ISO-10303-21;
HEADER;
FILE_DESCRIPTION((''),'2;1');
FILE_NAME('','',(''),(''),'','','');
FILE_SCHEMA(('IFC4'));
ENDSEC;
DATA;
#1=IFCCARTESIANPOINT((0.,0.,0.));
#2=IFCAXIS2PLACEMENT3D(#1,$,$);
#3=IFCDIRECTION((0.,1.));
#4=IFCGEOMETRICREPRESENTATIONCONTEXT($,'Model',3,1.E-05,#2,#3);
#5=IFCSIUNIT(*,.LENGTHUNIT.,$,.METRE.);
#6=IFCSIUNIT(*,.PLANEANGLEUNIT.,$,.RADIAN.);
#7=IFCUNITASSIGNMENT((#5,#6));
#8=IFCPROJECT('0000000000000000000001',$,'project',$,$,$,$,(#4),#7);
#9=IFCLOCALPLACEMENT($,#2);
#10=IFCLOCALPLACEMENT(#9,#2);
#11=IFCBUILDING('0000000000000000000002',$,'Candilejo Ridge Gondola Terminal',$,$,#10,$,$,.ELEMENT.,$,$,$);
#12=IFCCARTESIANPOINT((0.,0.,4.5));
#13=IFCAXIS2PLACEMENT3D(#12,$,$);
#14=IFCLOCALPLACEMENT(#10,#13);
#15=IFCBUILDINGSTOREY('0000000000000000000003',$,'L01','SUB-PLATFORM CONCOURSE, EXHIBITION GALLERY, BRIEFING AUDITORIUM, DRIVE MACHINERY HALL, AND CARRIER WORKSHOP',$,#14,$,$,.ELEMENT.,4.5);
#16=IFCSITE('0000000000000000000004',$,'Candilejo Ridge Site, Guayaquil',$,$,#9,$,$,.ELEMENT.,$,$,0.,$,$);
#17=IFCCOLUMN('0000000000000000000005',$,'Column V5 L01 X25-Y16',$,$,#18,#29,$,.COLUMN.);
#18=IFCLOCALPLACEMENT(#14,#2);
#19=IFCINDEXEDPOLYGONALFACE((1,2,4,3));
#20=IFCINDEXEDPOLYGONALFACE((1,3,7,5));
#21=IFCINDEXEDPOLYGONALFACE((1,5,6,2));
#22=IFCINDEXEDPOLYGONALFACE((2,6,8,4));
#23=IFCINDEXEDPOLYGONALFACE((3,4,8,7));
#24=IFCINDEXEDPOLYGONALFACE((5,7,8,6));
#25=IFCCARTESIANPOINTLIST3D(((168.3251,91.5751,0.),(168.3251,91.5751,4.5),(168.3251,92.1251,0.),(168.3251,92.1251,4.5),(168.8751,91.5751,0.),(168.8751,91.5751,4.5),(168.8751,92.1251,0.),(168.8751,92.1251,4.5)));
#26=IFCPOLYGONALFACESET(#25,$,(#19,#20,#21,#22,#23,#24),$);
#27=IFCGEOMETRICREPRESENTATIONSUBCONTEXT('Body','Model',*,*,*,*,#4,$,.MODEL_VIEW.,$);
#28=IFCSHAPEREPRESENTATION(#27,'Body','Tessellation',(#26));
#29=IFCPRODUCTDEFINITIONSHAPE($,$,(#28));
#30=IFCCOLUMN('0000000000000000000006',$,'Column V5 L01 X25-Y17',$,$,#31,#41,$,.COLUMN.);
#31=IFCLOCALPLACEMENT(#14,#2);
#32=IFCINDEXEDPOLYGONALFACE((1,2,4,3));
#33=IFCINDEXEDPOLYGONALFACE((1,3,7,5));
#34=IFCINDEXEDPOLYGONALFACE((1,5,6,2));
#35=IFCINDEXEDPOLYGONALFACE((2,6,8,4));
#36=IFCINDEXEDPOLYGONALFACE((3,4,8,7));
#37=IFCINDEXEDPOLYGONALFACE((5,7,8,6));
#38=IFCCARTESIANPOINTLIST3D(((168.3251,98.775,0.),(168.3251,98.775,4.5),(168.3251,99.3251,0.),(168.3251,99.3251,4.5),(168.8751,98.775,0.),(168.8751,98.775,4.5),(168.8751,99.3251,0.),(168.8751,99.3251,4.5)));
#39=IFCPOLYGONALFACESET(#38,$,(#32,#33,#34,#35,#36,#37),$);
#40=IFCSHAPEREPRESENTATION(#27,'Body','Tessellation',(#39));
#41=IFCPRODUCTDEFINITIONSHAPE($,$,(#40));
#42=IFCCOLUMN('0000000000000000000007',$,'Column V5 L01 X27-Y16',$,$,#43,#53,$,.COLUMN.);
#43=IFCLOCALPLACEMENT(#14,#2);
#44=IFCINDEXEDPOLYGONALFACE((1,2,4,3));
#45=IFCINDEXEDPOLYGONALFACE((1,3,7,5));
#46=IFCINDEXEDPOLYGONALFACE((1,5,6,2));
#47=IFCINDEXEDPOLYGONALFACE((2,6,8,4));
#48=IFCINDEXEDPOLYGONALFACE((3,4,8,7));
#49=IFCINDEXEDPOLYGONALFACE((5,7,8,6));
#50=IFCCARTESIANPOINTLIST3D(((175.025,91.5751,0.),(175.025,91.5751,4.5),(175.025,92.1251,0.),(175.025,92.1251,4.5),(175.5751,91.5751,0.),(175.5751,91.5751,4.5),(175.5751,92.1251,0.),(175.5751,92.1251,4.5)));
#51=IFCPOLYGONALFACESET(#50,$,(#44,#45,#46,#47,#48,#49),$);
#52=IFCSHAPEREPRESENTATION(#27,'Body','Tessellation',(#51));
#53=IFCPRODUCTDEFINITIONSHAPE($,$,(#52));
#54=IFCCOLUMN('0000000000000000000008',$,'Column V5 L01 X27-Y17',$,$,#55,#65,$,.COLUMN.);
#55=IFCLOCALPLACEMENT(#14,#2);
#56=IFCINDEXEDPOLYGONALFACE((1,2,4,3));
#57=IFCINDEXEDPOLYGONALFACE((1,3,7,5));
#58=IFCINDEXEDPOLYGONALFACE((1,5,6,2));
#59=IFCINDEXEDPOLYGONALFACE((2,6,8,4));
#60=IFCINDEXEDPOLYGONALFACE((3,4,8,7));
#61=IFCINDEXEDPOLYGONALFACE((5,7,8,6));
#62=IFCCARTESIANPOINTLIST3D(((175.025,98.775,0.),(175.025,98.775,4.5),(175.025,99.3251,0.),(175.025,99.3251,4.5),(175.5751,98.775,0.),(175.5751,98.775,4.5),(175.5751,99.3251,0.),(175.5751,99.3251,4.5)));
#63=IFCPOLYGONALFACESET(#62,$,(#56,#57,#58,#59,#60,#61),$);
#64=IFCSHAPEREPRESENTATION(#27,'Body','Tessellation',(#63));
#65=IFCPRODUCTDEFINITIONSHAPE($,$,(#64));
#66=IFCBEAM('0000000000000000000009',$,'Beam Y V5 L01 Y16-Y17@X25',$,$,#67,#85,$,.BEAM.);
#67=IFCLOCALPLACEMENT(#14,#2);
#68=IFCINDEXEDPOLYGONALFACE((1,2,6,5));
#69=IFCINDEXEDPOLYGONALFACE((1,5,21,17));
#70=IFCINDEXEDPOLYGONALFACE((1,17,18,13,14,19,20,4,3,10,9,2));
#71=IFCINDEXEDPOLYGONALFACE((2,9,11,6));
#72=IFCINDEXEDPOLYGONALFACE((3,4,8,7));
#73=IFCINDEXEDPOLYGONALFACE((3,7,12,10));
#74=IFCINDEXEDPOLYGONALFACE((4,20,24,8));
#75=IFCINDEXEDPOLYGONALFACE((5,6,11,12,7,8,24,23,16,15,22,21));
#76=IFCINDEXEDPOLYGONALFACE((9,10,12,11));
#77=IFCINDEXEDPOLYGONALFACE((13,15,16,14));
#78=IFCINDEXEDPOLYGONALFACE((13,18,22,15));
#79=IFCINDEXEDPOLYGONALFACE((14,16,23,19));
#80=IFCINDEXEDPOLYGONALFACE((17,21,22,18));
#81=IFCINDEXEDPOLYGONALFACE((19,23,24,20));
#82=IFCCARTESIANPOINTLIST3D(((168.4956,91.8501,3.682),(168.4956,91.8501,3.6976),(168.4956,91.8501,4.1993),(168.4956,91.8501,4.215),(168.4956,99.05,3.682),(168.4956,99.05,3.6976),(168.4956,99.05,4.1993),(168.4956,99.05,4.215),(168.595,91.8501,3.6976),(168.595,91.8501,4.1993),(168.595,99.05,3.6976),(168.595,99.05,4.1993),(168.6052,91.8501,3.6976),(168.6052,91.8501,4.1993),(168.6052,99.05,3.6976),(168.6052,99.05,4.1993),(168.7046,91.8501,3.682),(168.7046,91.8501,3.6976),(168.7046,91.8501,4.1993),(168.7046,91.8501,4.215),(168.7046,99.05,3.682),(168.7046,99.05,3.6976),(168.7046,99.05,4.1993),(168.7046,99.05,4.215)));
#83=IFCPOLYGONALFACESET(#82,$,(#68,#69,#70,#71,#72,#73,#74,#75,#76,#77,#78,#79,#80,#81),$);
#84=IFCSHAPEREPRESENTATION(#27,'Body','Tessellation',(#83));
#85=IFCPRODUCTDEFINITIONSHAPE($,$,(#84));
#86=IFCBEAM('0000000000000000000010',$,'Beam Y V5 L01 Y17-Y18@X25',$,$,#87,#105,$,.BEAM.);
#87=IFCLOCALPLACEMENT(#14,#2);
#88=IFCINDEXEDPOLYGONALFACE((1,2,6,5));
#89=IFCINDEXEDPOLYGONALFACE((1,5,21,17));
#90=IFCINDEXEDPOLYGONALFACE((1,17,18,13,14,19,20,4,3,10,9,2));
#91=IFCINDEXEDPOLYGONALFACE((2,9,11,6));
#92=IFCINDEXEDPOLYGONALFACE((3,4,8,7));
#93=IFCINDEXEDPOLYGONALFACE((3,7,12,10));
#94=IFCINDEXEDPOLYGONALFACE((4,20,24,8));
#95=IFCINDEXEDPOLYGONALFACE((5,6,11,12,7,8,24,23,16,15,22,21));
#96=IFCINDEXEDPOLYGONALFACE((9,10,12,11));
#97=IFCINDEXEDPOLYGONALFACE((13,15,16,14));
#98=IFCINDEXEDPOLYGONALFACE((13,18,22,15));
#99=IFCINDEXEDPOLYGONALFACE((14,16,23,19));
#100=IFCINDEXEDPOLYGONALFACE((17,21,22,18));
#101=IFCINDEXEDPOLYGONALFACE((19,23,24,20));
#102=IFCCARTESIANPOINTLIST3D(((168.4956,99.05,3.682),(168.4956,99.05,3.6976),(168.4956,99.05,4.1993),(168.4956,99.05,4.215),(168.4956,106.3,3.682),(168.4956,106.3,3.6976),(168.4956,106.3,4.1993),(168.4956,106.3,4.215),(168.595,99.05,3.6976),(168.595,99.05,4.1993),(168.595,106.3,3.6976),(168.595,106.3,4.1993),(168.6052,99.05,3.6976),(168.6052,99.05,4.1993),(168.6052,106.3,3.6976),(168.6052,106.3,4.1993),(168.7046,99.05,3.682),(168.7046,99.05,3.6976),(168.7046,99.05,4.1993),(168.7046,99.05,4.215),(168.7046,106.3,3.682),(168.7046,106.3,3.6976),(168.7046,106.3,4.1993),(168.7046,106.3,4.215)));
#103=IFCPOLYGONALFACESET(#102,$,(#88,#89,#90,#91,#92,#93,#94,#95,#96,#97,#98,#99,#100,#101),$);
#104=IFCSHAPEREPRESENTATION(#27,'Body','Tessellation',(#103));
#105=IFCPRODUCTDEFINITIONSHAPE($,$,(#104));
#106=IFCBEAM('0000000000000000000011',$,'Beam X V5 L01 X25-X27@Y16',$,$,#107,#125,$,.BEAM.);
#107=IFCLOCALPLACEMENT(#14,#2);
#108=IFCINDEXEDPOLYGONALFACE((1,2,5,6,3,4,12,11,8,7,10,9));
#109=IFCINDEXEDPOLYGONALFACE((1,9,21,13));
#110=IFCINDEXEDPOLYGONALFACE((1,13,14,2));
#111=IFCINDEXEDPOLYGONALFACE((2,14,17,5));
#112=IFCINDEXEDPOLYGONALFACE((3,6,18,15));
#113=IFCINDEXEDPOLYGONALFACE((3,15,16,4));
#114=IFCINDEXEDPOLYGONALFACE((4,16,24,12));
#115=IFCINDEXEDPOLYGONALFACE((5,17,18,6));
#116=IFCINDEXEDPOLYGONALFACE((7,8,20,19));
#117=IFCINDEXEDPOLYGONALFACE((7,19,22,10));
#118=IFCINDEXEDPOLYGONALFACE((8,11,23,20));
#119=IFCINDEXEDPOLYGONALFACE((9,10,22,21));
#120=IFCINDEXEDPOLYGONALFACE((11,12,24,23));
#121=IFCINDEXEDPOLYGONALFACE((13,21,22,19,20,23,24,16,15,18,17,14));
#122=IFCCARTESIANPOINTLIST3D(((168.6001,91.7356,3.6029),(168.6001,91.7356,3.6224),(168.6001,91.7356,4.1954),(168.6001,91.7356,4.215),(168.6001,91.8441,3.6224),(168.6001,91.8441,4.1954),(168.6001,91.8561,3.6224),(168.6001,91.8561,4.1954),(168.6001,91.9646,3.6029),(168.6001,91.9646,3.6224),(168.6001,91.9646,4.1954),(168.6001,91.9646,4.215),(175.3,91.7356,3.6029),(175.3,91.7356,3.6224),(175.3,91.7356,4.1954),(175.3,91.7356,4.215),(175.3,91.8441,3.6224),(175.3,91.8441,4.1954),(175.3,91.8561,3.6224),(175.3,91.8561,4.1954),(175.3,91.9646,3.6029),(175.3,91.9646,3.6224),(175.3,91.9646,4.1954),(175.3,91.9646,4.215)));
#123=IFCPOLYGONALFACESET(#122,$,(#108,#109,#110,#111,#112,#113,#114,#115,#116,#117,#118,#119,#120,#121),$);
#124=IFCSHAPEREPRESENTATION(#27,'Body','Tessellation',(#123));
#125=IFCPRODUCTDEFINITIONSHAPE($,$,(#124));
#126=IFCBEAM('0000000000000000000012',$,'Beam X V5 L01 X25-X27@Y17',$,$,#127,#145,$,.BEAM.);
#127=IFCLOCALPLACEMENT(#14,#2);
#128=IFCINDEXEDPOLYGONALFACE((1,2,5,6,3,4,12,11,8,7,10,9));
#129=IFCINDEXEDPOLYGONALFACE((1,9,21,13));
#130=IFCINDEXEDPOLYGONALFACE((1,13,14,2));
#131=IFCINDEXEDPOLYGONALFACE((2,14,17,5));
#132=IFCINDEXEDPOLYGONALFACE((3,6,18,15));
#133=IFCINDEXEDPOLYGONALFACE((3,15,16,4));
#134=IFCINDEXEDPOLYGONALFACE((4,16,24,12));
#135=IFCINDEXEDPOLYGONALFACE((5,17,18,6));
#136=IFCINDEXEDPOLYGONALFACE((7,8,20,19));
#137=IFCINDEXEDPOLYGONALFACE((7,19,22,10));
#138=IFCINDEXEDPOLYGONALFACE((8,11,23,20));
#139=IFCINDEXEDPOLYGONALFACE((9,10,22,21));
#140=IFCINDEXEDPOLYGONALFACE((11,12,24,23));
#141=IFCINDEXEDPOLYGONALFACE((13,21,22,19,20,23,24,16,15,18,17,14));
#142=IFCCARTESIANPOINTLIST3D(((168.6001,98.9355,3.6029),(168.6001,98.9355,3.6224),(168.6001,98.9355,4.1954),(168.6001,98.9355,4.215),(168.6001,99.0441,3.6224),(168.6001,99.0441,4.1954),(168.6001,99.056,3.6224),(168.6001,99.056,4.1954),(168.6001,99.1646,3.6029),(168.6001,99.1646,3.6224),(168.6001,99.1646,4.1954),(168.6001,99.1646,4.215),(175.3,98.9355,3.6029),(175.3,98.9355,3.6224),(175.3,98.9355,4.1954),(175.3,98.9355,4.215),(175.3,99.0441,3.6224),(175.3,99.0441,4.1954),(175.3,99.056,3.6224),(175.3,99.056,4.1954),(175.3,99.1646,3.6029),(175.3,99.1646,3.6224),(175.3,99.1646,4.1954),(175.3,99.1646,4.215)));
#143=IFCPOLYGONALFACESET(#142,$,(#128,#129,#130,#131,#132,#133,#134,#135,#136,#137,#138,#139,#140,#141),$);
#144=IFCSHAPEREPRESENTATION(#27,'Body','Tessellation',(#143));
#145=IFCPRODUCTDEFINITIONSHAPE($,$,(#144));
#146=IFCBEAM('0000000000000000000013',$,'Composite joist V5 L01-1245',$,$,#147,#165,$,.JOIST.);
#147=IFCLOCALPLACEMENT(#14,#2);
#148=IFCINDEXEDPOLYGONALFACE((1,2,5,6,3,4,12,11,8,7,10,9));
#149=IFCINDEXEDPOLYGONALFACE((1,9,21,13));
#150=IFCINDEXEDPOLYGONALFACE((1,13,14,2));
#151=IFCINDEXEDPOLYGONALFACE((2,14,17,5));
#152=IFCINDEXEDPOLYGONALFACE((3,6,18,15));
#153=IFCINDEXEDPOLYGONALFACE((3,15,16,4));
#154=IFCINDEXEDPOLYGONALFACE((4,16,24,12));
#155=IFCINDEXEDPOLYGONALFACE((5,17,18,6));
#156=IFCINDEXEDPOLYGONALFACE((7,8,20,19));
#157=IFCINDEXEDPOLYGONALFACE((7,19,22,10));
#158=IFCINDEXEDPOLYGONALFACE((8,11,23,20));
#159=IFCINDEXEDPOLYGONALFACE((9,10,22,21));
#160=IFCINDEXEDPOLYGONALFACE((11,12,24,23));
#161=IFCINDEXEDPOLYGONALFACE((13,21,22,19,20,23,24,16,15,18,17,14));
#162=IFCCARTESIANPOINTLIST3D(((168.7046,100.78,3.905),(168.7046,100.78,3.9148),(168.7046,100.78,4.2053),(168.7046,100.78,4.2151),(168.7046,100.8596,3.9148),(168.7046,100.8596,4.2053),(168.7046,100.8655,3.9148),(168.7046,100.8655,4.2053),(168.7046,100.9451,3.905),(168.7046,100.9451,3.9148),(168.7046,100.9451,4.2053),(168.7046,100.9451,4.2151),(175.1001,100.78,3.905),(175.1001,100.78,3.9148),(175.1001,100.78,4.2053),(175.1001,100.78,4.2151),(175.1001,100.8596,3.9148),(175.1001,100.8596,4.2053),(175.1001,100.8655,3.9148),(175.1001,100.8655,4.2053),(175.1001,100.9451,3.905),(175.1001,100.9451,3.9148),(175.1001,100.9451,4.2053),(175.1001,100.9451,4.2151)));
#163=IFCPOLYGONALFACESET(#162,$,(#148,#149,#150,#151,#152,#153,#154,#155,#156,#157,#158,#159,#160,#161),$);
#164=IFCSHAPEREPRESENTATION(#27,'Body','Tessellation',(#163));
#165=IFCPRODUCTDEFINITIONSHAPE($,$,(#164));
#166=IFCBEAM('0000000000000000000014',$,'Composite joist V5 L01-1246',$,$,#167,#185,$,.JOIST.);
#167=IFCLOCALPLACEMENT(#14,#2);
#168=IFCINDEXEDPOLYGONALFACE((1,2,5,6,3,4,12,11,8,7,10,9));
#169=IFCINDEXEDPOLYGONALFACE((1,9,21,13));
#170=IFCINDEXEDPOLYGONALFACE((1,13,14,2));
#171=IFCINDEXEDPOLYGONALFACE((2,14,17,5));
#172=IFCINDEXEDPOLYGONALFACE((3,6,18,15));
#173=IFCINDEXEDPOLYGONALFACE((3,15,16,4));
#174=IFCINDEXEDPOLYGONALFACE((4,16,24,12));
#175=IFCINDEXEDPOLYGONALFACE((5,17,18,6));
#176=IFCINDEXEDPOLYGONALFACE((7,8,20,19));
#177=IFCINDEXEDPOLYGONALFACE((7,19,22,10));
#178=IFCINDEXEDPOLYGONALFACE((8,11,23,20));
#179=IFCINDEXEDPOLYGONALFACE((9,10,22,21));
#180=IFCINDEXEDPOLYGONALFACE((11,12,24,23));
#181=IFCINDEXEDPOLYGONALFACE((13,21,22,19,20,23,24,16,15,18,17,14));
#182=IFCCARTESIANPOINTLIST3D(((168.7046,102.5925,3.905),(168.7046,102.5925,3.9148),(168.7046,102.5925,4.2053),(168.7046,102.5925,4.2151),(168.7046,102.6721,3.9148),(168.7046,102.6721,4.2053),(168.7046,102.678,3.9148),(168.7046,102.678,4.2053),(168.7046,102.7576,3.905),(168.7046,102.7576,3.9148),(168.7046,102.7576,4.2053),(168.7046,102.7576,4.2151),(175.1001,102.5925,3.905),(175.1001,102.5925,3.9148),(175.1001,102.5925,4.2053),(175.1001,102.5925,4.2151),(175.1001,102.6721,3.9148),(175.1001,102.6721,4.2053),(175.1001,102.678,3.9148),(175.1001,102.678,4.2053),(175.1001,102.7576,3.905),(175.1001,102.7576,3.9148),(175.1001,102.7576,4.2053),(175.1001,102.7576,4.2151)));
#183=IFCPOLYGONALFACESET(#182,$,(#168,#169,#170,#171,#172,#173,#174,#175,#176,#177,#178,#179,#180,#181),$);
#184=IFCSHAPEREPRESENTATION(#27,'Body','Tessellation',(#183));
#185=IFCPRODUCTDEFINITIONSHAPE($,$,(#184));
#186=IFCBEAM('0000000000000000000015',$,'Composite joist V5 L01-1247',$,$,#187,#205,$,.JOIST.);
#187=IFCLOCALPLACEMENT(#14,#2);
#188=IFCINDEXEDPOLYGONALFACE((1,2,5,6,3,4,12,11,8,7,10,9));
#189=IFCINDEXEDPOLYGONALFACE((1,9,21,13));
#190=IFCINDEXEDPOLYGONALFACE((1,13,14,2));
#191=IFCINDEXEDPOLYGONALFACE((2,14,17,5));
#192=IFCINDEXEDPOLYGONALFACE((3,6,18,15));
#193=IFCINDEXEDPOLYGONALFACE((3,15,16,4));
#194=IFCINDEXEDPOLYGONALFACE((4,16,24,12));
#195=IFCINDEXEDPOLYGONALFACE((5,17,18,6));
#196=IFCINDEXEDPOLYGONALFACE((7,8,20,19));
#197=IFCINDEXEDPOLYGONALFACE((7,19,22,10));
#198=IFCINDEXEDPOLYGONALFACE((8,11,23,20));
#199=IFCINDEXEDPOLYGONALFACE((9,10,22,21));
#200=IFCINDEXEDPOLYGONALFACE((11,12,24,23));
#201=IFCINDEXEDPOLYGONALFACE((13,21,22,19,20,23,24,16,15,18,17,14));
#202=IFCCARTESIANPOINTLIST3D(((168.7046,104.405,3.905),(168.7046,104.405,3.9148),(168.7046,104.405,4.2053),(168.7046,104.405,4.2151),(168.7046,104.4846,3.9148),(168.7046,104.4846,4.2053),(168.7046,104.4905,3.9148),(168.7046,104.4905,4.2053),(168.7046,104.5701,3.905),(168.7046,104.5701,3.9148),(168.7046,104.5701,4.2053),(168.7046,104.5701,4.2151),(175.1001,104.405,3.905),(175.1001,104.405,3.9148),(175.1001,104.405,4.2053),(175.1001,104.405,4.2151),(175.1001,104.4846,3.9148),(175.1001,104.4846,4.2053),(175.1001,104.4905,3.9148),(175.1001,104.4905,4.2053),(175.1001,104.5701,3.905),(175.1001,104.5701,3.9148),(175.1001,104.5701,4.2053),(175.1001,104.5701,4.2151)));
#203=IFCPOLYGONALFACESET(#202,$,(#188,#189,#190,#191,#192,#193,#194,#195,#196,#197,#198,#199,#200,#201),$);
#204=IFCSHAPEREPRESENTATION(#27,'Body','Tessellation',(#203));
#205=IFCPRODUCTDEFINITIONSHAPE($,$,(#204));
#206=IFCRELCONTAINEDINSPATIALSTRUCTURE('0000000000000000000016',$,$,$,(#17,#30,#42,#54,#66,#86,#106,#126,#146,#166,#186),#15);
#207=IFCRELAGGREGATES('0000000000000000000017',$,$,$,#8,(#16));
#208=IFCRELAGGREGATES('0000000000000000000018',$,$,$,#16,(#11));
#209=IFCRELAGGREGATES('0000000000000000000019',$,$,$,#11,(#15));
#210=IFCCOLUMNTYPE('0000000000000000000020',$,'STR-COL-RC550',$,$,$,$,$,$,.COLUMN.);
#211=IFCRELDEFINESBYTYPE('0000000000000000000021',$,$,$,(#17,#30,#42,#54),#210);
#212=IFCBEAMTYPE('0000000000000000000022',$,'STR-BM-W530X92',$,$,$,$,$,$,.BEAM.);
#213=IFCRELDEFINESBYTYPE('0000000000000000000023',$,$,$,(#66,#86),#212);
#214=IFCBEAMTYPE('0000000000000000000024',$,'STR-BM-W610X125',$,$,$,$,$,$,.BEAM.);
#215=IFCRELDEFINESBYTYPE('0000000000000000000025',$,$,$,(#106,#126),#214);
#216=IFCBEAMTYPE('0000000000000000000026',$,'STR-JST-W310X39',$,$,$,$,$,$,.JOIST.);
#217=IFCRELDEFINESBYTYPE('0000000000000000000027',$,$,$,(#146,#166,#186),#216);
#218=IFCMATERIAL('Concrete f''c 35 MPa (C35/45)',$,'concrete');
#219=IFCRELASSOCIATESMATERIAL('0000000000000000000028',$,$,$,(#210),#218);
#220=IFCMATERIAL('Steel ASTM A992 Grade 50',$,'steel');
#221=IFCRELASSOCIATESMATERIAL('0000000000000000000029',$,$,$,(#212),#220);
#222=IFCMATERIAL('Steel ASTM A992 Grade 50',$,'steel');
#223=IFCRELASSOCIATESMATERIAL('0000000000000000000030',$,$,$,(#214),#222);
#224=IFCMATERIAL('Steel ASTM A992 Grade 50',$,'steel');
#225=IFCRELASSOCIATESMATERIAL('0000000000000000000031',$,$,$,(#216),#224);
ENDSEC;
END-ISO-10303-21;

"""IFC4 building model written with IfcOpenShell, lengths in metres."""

from ifc_helpers import new_model, si_unit, direction, frame, origin, origin_2d, place, context, subcontext, project, spatial, rectangle, i_section, extrude, material, material_profile, profile_set, type_object, element, save


model = new_model("IFC4")

# Units and contexts
model_context = context("Model", 3, precision=1e-05, world=origin(), true_north=direction((0.0, 1.0)))
body_context = subcontext(model_context, "Body", "Model", "MODEL_VIEW")
ifc_project = project(units=[si_unit("LENGTHUNIT", "METRE"), si_unit("PLANEANGLEUNIT", "RADIAN")], contexts=[model_context])

# Site, building, storey
site_placement = place(None, origin())
site = spatial("IfcSite", under=ifc_project, at=site_placement, Name="Candilejo Ridge Site, Guayaquil", CompositionType="ELEMENT", RefElevation=0.0)
building_placement = place(site_placement, origin())
building = spatial("IfcBuilding", under=site, at=building_placement, Name="Candilejo Ridge Gondola Terminal", CompositionType="ELEMENT")
storey_placement = place(building_placement, frame((0.0, 0.0, 4.5)))
storey = spatial("IfcBuildingStorey", under=building, at=storey_placement, Name="L01", Description="SUB-PLATFORM CONCOURSE, EXHIBITION GALLERY, BRIEFING AUDITORIUM, DRIVE MACHINERY HALL, AND CARRIER WORKSHOP", CompositionType="ELEMENT", Elevation=4.5)

# Columns
ifc_material_1 = material(Name="Concrete f'c 35 MPa (C35/45)", Category="concrete")
ifc_material_profile_1 = material_profile(ifc_material_1, rectangle(XDim=0.55, YDim=0.55, at=origin_2d()))
ifc_profile_set_1 = profile_set([ifc_material_profile_1], Name="Concrete f'c 35 MPa (C35/45)")
column_type = type_object("IfcColumnType", Name="STR-COL-RC550", PredefinedType="COLUMN", material=ifc_profile_set_1)
for number, where, z_axis, x_axis, name in (
    (1, (168.6001, 91.8501, 0.0), (0.0, 0.0, 1.0), (1.0, 0.0, 0.0), "Column V5 L01 X25-Y16"),
    (2, (168.6001, 99.05, 0.0), (0.0, 0.0, 1.0), (1.0, 0.0, 0.0), "Column V5 L01 X25-Y17"),
    (3, (175.3, 91.8501, 0.0), (0.0, 0.0, 1.0), (1.0, 0.0, 0.0), "Column V5 L01 X27-Y16"),
    (4, (175.3, 99.05, 0.0), (0.0, 0.0, 1.0), (1.0, 0.0, 0.0), "Column V5 L01 X27-Y17"),
):
    element("IfcColumn", number, at=place(storey_placement, frame(where, z_axis=z_axis, x_axis=x_axis)), inside=storey, type_object=column_type, Name=name, PredefinedType="COLUMN", context=body_context, shape_type="SweptSolid", body=[
        extrude(rectangle(XDim=0.55, YDim=0.55, at=origin_2d()), origin(), (0.0, 0.0, 1.0), 4.5),
    ])

# Beams
ifc_material_2 = material(Name="Steel ASTM A992 Grade 50", Category="steel")
ifc_material_profile_2 = material_profile(ifc_material_2, i_section(OverallWidth=0.209, OverallDepth=0.533, WebThickness=0.0103, FlangeThickness=0.0156, at=origin_2d()))
ifc_profile_set_2 = profile_set([ifc_material_profile_2], Name="Steel ASTM A992 Grade 50")
beam_type_1 = type_object("IfcBeamType", Name="STR-BM-W530X92", PredefinedType="BEAM", material=ifc_profile_set_2)
beam_1_placement = place(storey_placement, frame((168.6001, 91.8501, 3.9485), z_axis=(0.0, 1.0, 0.0), x_axis=(-1.0, 0.0, 0.0)))
element("IfcBeam", 5, at=beam_1_placement, inside=storey, type_object=beam_type_1, Name="Beam Y V5 L01 Y16-Y17@X25", PredefinedType="BEAM", context=body_context, shape_type="SweptSolid", body=[
    extrude(i_section(OverallWidth=0.209, OverallDepth=0.533, WebThickness=0.0103, FlangeThickness=0.0156, at=origin_2d()), origin(), (0.0, 0.0, 1.0), 7.2),
])
beam_2_placement = place(storey_placement, frame((168.6001, 99.05, 3.9485), z_axis=(0.0, 1.0, 0.0), x_axis=(-1.0, 0.0, 0.0)))
element("IfcBeam", 6, at=beam_2_placement, inside=storey, type_object=beam_type_1, Name="Beam Y V5 L01 Y17-Y18@X25", PredefinedType="BEAM", context=body_context, shape_type="SweptSolid", body=[
    extrude(i_section(OverallWidth=0.209, OverallDepth=0.533, WebThickness=0.0103, FlangeThickness=0.0156, at=origin_2d()), origin(), (0.0, 0.0, 1.0), 7.25),
])
ifc_material_3 = material(Name="Steel ASTM A992 Grade 50", Category="steel")
ifc_material_profile_3 = material_profile(ifc_material_3, i_section(OverallWidth=0.229, OverallDepth=0.6121, WebThickness=0.012, FlangeThickness=0.0195, at=origin_2d()))
ifc_profile_set_3 = profile_set([ifc_material_profile_3], Name="Steel ASTM A992 Grade 50")
beam_type_2 = type_object("IfcBeamType", Name="STR-BM-W610X125", PredefinedType="BEAM", material=ifc_profile_set_3)
for number, where, z_axis, x_axis, name in (
    (7, (168.6001, 91.8501, 3.9089), (1.0, 0.0, 0.0), (0.0, 1.0, 0.0), "Beam X V5 L01 X25-X27@Y16"),
    (8, (168.6001, 99.05, 3.9089), (1.0, 0.0, 0.0), (0.0, 1.0, 0.0), "Beam X V5 L01 X25-X27@Y17"),
):
    element("IfcBeam", number, at=place(storey_placement, frame(where, z_axis=z_axis, x_axis=x_axis)), inside=storey, type_object=beam_type_2, Name=name, PredefinedType="BEAM", context=body_context, shape_type="SweptSolid", body=[
        extrude(i_section(OverallWidth=0.229, OverallDepth=0.6121, WebThickness=0.012, FlangeThickness=0.0195, at=origin_2d()), origin(), (0.0, 0.0, 1.0), 6.7),
    ])
ifc_material_4 = material(Name="Steel ASTM A992 Grade 50", Category="steel")
ifc_material_profile_4 = material_profile(ifc_material_4, i_section(OverallWidth=0.165, OverallDepth=0.3101, WebThickness=0.0059, FlangeThickness=0.0098, at=origin_2d()))
ifc_profile_set_4 = profile_set([ifc_material_profile_4], Name="Steel ASTM A992 Grade 50")
beam_type_3 = type_object("IfcBeamType", Name="STR-JST-W310X39", PredefinedType="JOIST", material=ifc_profile_set_4)
for number, where, z_axis, x_axis, name in (
    (9, (168.7046, 100.8625, 4.0601), (1.0, 0.0, 0.0), (0.0, 1.0, 0.0), "Composite joist V5 L01-1245"),
    (10, (168.7046, 102.675, 4.0601), (1.0, 0.0, 0.0), (0.0, 1.0, 0.0), "Composite joist V5 L01-1246"),
    (11, (168.7046, 104.4875, 4.0601), (1.0, 0.0, 0.0), (0.0, 1.0, 0.0), "Composite joist V5 L01-1247"),
):
    element("IfcBeam", number, at=place(storey_placement, frame(where, z_axis=z_axis, x_axis=x_axis)), inside=storey, type_object=beam_type_3, Name=name, PredefinedType="JOIST", context=body_context, shape_type="SweptSolid", body=[
        extrude(i_section(OverallWidth=0.165, OverallDepth=0.3101, WebThickness=0.0059, FlangeThickness=0.0098, at=origin_2d()), origin(), (0.0, 0.0, 1.0), 6.3955),
    ])

save(model, "model.ifc")
